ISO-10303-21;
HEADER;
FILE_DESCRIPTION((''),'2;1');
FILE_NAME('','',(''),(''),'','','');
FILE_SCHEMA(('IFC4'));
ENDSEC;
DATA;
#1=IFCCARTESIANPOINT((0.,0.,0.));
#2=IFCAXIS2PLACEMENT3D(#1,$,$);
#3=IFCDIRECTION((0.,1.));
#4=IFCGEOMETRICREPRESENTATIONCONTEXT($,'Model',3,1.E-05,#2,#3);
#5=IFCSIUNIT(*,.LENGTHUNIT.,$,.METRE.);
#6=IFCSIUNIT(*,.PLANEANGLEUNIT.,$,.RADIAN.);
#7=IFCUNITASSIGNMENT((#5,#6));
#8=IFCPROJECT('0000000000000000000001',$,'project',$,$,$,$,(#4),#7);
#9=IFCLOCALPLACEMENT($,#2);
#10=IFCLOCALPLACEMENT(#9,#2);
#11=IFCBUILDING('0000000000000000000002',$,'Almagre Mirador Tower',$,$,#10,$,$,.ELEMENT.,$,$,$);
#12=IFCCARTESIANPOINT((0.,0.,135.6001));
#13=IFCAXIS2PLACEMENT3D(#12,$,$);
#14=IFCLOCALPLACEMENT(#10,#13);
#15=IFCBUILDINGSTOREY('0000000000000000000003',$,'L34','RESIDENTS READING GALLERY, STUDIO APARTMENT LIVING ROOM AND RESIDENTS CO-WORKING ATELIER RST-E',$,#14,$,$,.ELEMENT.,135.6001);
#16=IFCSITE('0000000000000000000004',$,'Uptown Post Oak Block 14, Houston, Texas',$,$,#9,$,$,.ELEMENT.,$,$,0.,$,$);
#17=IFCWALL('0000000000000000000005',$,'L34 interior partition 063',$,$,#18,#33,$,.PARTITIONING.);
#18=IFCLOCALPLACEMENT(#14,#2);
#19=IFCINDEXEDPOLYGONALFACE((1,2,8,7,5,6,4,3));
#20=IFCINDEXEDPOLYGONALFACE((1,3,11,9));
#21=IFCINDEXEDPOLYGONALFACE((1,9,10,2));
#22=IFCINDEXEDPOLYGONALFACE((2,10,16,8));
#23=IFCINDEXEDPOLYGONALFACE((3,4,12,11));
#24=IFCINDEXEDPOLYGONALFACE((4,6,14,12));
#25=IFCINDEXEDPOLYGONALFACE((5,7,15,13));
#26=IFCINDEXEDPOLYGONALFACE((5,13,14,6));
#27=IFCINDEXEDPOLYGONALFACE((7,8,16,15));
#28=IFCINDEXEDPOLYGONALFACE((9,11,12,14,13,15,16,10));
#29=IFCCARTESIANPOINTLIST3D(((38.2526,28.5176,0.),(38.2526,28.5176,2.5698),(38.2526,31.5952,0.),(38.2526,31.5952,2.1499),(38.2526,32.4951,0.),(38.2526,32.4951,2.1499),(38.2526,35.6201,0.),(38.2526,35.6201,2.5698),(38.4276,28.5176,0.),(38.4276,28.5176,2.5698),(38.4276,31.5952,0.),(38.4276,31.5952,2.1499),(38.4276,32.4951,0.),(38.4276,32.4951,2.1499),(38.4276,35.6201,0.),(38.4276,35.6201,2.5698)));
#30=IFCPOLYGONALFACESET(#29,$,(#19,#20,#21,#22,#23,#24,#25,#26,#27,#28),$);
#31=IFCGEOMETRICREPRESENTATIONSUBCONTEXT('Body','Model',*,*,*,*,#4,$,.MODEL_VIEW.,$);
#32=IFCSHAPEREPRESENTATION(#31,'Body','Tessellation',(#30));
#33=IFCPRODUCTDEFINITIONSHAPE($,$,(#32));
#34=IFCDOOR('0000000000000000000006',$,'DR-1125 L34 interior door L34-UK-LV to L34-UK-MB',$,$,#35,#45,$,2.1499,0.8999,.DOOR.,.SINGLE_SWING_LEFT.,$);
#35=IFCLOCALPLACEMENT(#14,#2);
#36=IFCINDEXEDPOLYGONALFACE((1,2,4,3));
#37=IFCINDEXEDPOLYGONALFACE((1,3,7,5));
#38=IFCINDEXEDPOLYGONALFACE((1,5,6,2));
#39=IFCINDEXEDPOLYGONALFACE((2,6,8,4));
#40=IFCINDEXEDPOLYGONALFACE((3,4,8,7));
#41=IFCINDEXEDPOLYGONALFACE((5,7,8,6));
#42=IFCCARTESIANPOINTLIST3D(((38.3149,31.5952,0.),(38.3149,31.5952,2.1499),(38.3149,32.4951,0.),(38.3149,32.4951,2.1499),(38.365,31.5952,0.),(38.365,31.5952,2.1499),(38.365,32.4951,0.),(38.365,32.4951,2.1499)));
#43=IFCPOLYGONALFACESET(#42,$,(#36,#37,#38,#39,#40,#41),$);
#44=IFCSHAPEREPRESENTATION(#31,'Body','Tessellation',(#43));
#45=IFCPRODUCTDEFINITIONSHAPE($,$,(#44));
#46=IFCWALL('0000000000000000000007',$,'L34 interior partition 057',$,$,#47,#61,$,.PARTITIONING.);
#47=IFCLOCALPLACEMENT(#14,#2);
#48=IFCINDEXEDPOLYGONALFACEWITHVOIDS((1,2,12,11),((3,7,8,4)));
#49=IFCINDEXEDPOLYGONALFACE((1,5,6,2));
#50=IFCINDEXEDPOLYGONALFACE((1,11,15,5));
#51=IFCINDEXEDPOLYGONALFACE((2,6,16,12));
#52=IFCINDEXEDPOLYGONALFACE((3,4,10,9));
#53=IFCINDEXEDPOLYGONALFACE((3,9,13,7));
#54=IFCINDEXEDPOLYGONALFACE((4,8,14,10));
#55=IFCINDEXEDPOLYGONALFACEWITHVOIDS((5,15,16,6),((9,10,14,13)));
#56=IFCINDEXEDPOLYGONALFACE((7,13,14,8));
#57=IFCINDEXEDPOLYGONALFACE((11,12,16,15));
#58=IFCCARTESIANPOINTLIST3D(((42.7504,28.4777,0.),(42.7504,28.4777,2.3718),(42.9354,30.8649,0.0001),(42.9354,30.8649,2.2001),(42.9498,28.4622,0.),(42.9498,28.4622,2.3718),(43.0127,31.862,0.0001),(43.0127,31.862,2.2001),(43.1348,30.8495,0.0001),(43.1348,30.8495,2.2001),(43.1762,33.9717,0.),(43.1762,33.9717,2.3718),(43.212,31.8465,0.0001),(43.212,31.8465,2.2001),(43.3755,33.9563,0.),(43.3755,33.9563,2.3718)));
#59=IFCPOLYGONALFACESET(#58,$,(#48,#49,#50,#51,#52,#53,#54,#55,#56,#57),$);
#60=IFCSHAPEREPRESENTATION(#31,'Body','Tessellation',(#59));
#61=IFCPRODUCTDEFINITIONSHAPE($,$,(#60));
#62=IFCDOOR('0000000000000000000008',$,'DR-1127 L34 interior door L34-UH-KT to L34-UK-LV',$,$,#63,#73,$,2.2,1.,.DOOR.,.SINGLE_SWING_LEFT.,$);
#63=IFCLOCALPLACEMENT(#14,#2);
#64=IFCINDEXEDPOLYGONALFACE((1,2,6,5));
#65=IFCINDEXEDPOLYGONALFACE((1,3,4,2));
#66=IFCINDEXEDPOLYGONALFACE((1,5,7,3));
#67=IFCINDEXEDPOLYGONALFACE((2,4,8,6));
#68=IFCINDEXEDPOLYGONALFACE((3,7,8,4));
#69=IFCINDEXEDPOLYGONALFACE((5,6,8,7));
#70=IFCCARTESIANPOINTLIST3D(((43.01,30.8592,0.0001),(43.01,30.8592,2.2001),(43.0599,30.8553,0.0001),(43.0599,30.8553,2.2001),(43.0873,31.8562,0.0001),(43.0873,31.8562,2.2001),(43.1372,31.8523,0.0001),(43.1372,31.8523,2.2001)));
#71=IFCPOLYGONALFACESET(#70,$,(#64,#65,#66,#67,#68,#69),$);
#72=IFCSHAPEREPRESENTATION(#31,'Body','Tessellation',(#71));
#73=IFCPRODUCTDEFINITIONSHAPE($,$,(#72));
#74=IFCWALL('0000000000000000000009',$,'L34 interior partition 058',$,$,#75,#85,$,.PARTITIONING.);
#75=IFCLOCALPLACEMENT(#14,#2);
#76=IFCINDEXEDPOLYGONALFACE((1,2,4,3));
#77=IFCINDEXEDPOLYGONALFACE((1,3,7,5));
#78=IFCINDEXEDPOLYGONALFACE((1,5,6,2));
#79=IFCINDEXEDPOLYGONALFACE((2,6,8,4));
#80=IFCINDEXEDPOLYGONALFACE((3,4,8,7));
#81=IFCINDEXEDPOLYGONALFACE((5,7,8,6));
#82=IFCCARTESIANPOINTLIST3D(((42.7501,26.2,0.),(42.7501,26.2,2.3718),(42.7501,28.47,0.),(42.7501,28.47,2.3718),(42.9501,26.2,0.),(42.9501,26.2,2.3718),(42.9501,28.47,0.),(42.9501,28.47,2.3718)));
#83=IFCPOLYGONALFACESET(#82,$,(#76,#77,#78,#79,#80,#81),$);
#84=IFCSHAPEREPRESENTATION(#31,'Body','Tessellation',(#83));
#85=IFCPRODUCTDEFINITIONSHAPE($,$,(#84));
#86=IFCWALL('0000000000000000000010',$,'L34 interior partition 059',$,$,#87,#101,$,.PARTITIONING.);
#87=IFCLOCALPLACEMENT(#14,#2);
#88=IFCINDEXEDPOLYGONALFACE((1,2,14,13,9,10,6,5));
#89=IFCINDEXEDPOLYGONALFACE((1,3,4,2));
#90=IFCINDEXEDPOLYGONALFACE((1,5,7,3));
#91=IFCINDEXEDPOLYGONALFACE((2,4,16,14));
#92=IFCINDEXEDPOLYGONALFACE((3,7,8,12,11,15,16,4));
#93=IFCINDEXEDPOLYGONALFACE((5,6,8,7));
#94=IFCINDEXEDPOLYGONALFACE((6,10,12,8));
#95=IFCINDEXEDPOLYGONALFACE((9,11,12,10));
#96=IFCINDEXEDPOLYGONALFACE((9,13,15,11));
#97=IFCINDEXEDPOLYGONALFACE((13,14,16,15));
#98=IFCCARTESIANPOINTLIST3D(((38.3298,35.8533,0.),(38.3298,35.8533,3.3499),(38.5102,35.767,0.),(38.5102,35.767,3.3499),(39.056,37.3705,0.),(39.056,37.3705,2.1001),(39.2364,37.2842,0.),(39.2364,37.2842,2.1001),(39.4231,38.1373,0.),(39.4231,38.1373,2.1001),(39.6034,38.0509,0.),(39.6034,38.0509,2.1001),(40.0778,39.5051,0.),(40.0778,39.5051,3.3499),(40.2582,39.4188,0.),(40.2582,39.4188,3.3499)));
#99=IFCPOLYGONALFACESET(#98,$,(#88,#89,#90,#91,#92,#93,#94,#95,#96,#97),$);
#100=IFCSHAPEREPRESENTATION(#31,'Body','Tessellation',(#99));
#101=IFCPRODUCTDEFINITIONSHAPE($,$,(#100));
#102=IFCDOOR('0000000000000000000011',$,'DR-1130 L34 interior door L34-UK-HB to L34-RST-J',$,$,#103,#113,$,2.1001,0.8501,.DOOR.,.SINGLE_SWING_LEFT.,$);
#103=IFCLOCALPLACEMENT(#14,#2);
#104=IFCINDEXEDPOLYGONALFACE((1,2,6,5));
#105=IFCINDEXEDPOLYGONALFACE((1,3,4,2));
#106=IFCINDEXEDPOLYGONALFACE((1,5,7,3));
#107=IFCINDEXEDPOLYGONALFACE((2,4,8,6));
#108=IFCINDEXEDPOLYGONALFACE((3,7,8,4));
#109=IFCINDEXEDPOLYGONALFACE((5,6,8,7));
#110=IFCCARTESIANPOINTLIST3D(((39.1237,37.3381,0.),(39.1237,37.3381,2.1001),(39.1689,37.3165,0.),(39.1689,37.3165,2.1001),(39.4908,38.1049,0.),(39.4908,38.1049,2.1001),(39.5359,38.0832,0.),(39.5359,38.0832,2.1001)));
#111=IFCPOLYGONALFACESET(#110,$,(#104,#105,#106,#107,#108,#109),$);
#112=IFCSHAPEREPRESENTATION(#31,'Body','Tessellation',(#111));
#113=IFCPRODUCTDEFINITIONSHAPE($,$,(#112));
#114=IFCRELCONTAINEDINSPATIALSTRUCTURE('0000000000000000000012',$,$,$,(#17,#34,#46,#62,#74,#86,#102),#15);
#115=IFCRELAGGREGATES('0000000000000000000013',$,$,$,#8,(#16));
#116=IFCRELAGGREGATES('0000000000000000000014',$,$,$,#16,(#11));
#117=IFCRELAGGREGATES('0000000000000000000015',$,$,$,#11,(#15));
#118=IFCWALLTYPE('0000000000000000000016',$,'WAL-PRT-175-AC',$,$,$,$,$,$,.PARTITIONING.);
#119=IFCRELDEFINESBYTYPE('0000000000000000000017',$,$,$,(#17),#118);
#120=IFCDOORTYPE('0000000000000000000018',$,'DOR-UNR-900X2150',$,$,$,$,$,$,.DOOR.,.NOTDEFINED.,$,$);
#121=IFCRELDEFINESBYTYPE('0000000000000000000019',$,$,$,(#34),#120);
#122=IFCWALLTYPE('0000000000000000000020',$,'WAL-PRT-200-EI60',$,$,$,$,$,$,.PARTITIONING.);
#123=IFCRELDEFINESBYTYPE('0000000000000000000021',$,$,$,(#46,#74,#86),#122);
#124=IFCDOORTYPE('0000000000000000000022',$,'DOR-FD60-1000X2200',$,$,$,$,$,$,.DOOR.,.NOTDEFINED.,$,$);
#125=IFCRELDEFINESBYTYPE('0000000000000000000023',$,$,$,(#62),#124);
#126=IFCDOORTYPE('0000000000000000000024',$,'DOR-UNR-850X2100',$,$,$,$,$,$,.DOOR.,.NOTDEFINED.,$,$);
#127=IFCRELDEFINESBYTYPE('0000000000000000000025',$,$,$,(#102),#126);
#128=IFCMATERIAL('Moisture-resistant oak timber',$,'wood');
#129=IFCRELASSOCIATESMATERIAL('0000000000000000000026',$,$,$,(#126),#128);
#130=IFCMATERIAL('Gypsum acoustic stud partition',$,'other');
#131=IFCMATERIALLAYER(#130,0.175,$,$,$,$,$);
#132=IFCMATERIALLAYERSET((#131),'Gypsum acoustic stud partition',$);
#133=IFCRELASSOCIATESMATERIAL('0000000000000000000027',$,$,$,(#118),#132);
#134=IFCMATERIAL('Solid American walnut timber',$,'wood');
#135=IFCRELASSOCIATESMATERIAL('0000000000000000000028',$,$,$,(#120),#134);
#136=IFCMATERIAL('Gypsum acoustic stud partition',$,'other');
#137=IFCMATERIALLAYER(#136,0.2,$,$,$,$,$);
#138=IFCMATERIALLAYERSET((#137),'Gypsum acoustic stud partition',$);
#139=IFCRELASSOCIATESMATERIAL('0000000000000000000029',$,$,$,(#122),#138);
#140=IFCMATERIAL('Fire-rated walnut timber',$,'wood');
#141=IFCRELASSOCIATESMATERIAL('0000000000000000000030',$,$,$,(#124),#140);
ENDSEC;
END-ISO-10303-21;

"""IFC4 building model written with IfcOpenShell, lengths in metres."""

from ifc_helpers import new_model, si_unit, direction, frame, frame_2d, origin, place, context, subcontext, project, spatial, rectangle, extrude, material, layer, layer_set, type_object, element, fill, save


model = new_model("IFC4")

# Units and contexts
model_context = context("Model", 3, precision=1e-05, world=origin(), true_north=direction((0.0, 1.0)))
body_context = subcontext(model_context, "Body", "Model", "MODEL_VIEW")
ifc_project = project(units=[si_unit("LENGTHUNIT", "METRE"), si_unit("PLANEANGLEUNIT", "RADIAN")], contexts=[model_context])

# Site, building, storey
site_placement = place(None, origin())
site = spatial("IfcSite", under=ifc_project, at=site_placement, Name="Uptown Post Oak Block 14, Houston, Texas", CompositionType="ELEMENT", RefElevation=0.0)
building_placement = place(site_placement, origin())
building = spatial("IfcBuilding", under=site, at=building_placement, Name="Almagre Mirador Tower", CompositionType="ELEMENT")
storey_placement = place(building_placement, frame((0.0, 0.0, 135.6001)))
storey = spatial("IfcBuildingStorey", under=building, at=storey_placement, Name="L34", Description="RESIDENTS READING GALLERY, STUDIO APARTMENT LIVING ROOM AND RESIDENTS CO-WORKING ATELIER RST-E", CompositionType="ELEMENT", Elevation=135.6001)

# Walls, openings, doors
ifc_material_1 = material(Name="Moisture-resistant oak timber", Category="wood")
door_type_1 = type_object("IfcDoorType", Name="DOR-UNR-850X2100", OperationType="NOTDEFINED", PredefinedType="DOOR", material=ifc_material_1)
ifc_material_2 = material(Name="Gypsum acoustic stud partition", Category="other")
ifc_layer_1 = layer(ifc_material_2, 0.175)
ifc_layer_set_1 = layer_set([ifc_layer_1], Name="Gypsum acoustic stud partition")
wall_type_1 = type_object("IfcWallType", Name="WAL-PRT-175-AC", PredefinedType="PARTITIONING", material=ifc_layer_set_1)
wall_1_placement = place(storey_placement, frame((38.3401, 35.6201, 0.0), z_axis=(0.0, 0.0, 1.0), x_axis=(0.0, -1.0, 0.0)))
wall_1 = element("IfcWall", 1, at=wall_1_placement, inside=storey, type_object=wall_type_1, Name="L34 interior partition 063", PredefinedType="PARTITIONING", context=body_context, shape_type="SweptSolid", body=[
    extrude(rectangle(XDim=7.1025, YDim=0.175, at=frame_2d((3.5513, 0.0))), origin(), (0.0, 0.0, 1.0), 2.5698),
])
opening_1_placement = place(wall_1_placement, frame((3.125, 0.0, 0.0)))
opening_1 = element("IfcOpeningElement", 2, at=opening_1_placement, cuts=wall_1, PredefinedType="OPENING", context=body_context, shape_type="SweptSolid", body=[
    extrude(rectangle(XDim=0.8999, YDim=2.1499, at=frame_2d((0.45, 1.075))), frame((0.0, 0.0974, 0.0), z_axis=(0.0, -1.0, 0.0), x_axis=(1.0, 0.0, 0.0)), (0.0, 0.0, 1.0), 0.195),
])
ifc_material_3 = material(Name="Solid American walnut timber", Category="wood")
door_type_2 = type_object("IfcDoorType", Name="DOR-UNR-900X2150", OperationType="NOTDEFINED", PredefinedType="DOOR", material=ifc_material_3)
door_1_placement = place(opening_1_placement, origin())
door_1 = element("IfcDoor", 3, at=door_1_placement, inside=storey, type_object=door_type_2, Name="DR-1125 L34 interior door L34-UK-LV to L34-UK-MB", OperationType="SINGLE_SWING_LEFT", OverallHeight=2.1499, OverallWidth=0.8999, PredefinedType="DOOR", context=body_context, shape_type="SweptSolid", body=[
    extrude(rectangle(XDim=0.8999, YDim=2.1499, at=frame_2d((0.45, 1.075))), frame((0.0, 0.0249, 0.0), z_axis=(0.0, -1.0, 0.0), x_axis=(1.0, 0.0, 0.0)), (0.0, 0.0, 1.0), 0.05),
])
fill(opening_1, door_1)
ifc_material_4 = material(Name="Gypsum acoustic stud partition", Category="other")
ifc_layer_2 = layer(ifc_material_4, 0.2)
ifc_layer_set_2 = layer_set([ifc_layer_2], Name="Gypsum acoustic stud partition")
wall_type_2 = type_object("IfcWallType", Name="WAL-PRT-200-EI60", PredefinedType="PARTITIONING", material=ifc_layer_set_2)
wall_2_placement = place(storey_placement, frame((43.2759, 33.9641, 0.0), z_axis=(0.0, 0.0, 1.0), x_axis=(-0.077266, -0.997011, 0.0)))
wall_2 = element("IfcWall", 4, at=wall_2_placement, inside=storey, type_object=wall_type_2, Name="L34 interior partition 057", PredefinedType="PARTITIONING", context=body_context, shape_type="SweptSolid", body=[
    extrude(rectangle(XDim=5.5105, YDim=0.2, at=frame_2d((2.7554, 0.0))), origin(), (0.0, 0.0, 1.0), 2.3718),
])
opening_2_placement = place(wall_2_placement, frame((2.1162, 0.0, 0.0)))
opening_2 = element("IfcOpeningElement", 5, at=opening_2_placement, cuts=wall_2, PredefinedType="OPENING", context=body_context, shape_type="SweptSolid", body=[
    extrude(rectangle(XDim=1.0, YDim=2.2, at=frame_2d((0.5, 1.1001))), frame((0.0, 0.1101, 0.0), z_axis=(0.0, -1.0, 0.0), x_axis=(1.0, 0.0, 0.0)), (0.0, 0.0, 1.0), 0.22),
])
ifc_material_5 = material(Name="Fire-rated walnut timber", Category="wood")
door_type_3 = type_object("IfcDoorType", Name="DOR-FD60-1000X2200", OperationType="NOTDEFINED", PredefinedType="DOOR", material=ifc_material_5)
door_2_placement = place(opening_2_placement, origin())
door_2 = element("IfcDoor", 6, at=door_2_placement, inside=storey, type_object=door_type_3, Name="DR-1127 L34 interior door L34-UH-KT to L34-UK-LV", OperationType="SINGLE_SWING_LEFT", OverallHeight=2.2, OverallWidth=1.0, PredefinedType="DOOR", context=body_context, shape_type="SweptSolid", body=[
    extrude(rectangle(XDim=1.0, YDim=2.2, at=frame_2d((0.5, 1.1001))), frame((0.0, 0.0249, 0.0), z_axis=(0.0, -1.0, 0.0), x_axis=(1.0, 0.0, 0.0)), (0.0, 0.0, 1.0), 0.05),
])
fill(opening_2, door_2)

# Wall
wall_3_placement = place(storey_placement, frame((42.8501, 28.47, 0.0), z_axis=(0.0, 0.0, 1.0), x_axis=(0.0, -1.0, 0.0)))
element("IfcWall", 7, at=wall_3_placement, inside=storey, type_object=wall_type_2, Name="L34 interior partition 058", PredefinedType="PARTITIONING", context=body_context, shape_type="SweptSolid", body=[
    extrude(rectangle(XDim=2.27, YDim=0.2, at=frame_2d((1.135, 0.0))), origin(), (0.0, 0.0, 1.0), 2.3718),
])

# Wall, opening, door
wall_4_placement = place(storey_placement, frame((38.4199, 35.8101, 0.0), z_axis=(0.0, 0.0, 1.0), x_axis=(0.431758, 0.901989, 0.0)))
wall_4 = element("IfcWall", 8, at=wall_4_placement, inside=storey, type_object=wall_type_2, Name="L34 interior partition 059", PredefinedType="PARTITIONING", context=body_context, shape_type="SweptSolid", body=[
    extrude(rectangle(XDim=4.0486, YDim=0.2, at=frame_2d((2.0244, 0.0))), origin(), (0.0, 0.0, 1.0), 3.3499),
])
opening_3_placement = place(wall_4_placement, frame((1.6821, 0.0, 0.0)))
opening_3 = element("IfcOpeningElement", 9, at=opening_3_placement, cuts=wall_4, PredefinedType="OPENING", context=body_context, shape_type="SweptSolid", body=[
    extrude(rectangle(XDim=0.8501, YDim=2.1001, at=frame_2d((0.425, 1.05))), frame((0.0, 0.1101, 0.0), z_axis=(0.0, -1.0, 0.0), x_axis=(1.0, 0.0, 0.0)), (0.0, 0.0, 1.0), 0.22),
])
door_3_placement = place(opening_3_placement, origin())
door_3 = element("IfcDoor", 10, at=door_3_placement, inside=storey, type_object=door_type_1, Name="DR-1130 L34 interior door L34-UK-HB to L34-RST-J", OperationType="SINGLE_SWING_LEFT", OverallHeight=2.1001, OverallWidth=0.8501, PredefinedType="DOOR", context=body_context, shape_type="SweptSolid", body=[
    extrude(rectangle(XDim=0.8501, YDim=2.1001, at=frame_2d((0.425, 1.05))), frame((0.0, 0.0249, 0.0), z_axis=(0.0, -1.0, 0.0), x_axis=(1.0, 0.0, 0.0)), (0.0, 0.0, 1.0), 0.05),
])
fill(opening_3, door_3)

save(model, "model.ifc")
